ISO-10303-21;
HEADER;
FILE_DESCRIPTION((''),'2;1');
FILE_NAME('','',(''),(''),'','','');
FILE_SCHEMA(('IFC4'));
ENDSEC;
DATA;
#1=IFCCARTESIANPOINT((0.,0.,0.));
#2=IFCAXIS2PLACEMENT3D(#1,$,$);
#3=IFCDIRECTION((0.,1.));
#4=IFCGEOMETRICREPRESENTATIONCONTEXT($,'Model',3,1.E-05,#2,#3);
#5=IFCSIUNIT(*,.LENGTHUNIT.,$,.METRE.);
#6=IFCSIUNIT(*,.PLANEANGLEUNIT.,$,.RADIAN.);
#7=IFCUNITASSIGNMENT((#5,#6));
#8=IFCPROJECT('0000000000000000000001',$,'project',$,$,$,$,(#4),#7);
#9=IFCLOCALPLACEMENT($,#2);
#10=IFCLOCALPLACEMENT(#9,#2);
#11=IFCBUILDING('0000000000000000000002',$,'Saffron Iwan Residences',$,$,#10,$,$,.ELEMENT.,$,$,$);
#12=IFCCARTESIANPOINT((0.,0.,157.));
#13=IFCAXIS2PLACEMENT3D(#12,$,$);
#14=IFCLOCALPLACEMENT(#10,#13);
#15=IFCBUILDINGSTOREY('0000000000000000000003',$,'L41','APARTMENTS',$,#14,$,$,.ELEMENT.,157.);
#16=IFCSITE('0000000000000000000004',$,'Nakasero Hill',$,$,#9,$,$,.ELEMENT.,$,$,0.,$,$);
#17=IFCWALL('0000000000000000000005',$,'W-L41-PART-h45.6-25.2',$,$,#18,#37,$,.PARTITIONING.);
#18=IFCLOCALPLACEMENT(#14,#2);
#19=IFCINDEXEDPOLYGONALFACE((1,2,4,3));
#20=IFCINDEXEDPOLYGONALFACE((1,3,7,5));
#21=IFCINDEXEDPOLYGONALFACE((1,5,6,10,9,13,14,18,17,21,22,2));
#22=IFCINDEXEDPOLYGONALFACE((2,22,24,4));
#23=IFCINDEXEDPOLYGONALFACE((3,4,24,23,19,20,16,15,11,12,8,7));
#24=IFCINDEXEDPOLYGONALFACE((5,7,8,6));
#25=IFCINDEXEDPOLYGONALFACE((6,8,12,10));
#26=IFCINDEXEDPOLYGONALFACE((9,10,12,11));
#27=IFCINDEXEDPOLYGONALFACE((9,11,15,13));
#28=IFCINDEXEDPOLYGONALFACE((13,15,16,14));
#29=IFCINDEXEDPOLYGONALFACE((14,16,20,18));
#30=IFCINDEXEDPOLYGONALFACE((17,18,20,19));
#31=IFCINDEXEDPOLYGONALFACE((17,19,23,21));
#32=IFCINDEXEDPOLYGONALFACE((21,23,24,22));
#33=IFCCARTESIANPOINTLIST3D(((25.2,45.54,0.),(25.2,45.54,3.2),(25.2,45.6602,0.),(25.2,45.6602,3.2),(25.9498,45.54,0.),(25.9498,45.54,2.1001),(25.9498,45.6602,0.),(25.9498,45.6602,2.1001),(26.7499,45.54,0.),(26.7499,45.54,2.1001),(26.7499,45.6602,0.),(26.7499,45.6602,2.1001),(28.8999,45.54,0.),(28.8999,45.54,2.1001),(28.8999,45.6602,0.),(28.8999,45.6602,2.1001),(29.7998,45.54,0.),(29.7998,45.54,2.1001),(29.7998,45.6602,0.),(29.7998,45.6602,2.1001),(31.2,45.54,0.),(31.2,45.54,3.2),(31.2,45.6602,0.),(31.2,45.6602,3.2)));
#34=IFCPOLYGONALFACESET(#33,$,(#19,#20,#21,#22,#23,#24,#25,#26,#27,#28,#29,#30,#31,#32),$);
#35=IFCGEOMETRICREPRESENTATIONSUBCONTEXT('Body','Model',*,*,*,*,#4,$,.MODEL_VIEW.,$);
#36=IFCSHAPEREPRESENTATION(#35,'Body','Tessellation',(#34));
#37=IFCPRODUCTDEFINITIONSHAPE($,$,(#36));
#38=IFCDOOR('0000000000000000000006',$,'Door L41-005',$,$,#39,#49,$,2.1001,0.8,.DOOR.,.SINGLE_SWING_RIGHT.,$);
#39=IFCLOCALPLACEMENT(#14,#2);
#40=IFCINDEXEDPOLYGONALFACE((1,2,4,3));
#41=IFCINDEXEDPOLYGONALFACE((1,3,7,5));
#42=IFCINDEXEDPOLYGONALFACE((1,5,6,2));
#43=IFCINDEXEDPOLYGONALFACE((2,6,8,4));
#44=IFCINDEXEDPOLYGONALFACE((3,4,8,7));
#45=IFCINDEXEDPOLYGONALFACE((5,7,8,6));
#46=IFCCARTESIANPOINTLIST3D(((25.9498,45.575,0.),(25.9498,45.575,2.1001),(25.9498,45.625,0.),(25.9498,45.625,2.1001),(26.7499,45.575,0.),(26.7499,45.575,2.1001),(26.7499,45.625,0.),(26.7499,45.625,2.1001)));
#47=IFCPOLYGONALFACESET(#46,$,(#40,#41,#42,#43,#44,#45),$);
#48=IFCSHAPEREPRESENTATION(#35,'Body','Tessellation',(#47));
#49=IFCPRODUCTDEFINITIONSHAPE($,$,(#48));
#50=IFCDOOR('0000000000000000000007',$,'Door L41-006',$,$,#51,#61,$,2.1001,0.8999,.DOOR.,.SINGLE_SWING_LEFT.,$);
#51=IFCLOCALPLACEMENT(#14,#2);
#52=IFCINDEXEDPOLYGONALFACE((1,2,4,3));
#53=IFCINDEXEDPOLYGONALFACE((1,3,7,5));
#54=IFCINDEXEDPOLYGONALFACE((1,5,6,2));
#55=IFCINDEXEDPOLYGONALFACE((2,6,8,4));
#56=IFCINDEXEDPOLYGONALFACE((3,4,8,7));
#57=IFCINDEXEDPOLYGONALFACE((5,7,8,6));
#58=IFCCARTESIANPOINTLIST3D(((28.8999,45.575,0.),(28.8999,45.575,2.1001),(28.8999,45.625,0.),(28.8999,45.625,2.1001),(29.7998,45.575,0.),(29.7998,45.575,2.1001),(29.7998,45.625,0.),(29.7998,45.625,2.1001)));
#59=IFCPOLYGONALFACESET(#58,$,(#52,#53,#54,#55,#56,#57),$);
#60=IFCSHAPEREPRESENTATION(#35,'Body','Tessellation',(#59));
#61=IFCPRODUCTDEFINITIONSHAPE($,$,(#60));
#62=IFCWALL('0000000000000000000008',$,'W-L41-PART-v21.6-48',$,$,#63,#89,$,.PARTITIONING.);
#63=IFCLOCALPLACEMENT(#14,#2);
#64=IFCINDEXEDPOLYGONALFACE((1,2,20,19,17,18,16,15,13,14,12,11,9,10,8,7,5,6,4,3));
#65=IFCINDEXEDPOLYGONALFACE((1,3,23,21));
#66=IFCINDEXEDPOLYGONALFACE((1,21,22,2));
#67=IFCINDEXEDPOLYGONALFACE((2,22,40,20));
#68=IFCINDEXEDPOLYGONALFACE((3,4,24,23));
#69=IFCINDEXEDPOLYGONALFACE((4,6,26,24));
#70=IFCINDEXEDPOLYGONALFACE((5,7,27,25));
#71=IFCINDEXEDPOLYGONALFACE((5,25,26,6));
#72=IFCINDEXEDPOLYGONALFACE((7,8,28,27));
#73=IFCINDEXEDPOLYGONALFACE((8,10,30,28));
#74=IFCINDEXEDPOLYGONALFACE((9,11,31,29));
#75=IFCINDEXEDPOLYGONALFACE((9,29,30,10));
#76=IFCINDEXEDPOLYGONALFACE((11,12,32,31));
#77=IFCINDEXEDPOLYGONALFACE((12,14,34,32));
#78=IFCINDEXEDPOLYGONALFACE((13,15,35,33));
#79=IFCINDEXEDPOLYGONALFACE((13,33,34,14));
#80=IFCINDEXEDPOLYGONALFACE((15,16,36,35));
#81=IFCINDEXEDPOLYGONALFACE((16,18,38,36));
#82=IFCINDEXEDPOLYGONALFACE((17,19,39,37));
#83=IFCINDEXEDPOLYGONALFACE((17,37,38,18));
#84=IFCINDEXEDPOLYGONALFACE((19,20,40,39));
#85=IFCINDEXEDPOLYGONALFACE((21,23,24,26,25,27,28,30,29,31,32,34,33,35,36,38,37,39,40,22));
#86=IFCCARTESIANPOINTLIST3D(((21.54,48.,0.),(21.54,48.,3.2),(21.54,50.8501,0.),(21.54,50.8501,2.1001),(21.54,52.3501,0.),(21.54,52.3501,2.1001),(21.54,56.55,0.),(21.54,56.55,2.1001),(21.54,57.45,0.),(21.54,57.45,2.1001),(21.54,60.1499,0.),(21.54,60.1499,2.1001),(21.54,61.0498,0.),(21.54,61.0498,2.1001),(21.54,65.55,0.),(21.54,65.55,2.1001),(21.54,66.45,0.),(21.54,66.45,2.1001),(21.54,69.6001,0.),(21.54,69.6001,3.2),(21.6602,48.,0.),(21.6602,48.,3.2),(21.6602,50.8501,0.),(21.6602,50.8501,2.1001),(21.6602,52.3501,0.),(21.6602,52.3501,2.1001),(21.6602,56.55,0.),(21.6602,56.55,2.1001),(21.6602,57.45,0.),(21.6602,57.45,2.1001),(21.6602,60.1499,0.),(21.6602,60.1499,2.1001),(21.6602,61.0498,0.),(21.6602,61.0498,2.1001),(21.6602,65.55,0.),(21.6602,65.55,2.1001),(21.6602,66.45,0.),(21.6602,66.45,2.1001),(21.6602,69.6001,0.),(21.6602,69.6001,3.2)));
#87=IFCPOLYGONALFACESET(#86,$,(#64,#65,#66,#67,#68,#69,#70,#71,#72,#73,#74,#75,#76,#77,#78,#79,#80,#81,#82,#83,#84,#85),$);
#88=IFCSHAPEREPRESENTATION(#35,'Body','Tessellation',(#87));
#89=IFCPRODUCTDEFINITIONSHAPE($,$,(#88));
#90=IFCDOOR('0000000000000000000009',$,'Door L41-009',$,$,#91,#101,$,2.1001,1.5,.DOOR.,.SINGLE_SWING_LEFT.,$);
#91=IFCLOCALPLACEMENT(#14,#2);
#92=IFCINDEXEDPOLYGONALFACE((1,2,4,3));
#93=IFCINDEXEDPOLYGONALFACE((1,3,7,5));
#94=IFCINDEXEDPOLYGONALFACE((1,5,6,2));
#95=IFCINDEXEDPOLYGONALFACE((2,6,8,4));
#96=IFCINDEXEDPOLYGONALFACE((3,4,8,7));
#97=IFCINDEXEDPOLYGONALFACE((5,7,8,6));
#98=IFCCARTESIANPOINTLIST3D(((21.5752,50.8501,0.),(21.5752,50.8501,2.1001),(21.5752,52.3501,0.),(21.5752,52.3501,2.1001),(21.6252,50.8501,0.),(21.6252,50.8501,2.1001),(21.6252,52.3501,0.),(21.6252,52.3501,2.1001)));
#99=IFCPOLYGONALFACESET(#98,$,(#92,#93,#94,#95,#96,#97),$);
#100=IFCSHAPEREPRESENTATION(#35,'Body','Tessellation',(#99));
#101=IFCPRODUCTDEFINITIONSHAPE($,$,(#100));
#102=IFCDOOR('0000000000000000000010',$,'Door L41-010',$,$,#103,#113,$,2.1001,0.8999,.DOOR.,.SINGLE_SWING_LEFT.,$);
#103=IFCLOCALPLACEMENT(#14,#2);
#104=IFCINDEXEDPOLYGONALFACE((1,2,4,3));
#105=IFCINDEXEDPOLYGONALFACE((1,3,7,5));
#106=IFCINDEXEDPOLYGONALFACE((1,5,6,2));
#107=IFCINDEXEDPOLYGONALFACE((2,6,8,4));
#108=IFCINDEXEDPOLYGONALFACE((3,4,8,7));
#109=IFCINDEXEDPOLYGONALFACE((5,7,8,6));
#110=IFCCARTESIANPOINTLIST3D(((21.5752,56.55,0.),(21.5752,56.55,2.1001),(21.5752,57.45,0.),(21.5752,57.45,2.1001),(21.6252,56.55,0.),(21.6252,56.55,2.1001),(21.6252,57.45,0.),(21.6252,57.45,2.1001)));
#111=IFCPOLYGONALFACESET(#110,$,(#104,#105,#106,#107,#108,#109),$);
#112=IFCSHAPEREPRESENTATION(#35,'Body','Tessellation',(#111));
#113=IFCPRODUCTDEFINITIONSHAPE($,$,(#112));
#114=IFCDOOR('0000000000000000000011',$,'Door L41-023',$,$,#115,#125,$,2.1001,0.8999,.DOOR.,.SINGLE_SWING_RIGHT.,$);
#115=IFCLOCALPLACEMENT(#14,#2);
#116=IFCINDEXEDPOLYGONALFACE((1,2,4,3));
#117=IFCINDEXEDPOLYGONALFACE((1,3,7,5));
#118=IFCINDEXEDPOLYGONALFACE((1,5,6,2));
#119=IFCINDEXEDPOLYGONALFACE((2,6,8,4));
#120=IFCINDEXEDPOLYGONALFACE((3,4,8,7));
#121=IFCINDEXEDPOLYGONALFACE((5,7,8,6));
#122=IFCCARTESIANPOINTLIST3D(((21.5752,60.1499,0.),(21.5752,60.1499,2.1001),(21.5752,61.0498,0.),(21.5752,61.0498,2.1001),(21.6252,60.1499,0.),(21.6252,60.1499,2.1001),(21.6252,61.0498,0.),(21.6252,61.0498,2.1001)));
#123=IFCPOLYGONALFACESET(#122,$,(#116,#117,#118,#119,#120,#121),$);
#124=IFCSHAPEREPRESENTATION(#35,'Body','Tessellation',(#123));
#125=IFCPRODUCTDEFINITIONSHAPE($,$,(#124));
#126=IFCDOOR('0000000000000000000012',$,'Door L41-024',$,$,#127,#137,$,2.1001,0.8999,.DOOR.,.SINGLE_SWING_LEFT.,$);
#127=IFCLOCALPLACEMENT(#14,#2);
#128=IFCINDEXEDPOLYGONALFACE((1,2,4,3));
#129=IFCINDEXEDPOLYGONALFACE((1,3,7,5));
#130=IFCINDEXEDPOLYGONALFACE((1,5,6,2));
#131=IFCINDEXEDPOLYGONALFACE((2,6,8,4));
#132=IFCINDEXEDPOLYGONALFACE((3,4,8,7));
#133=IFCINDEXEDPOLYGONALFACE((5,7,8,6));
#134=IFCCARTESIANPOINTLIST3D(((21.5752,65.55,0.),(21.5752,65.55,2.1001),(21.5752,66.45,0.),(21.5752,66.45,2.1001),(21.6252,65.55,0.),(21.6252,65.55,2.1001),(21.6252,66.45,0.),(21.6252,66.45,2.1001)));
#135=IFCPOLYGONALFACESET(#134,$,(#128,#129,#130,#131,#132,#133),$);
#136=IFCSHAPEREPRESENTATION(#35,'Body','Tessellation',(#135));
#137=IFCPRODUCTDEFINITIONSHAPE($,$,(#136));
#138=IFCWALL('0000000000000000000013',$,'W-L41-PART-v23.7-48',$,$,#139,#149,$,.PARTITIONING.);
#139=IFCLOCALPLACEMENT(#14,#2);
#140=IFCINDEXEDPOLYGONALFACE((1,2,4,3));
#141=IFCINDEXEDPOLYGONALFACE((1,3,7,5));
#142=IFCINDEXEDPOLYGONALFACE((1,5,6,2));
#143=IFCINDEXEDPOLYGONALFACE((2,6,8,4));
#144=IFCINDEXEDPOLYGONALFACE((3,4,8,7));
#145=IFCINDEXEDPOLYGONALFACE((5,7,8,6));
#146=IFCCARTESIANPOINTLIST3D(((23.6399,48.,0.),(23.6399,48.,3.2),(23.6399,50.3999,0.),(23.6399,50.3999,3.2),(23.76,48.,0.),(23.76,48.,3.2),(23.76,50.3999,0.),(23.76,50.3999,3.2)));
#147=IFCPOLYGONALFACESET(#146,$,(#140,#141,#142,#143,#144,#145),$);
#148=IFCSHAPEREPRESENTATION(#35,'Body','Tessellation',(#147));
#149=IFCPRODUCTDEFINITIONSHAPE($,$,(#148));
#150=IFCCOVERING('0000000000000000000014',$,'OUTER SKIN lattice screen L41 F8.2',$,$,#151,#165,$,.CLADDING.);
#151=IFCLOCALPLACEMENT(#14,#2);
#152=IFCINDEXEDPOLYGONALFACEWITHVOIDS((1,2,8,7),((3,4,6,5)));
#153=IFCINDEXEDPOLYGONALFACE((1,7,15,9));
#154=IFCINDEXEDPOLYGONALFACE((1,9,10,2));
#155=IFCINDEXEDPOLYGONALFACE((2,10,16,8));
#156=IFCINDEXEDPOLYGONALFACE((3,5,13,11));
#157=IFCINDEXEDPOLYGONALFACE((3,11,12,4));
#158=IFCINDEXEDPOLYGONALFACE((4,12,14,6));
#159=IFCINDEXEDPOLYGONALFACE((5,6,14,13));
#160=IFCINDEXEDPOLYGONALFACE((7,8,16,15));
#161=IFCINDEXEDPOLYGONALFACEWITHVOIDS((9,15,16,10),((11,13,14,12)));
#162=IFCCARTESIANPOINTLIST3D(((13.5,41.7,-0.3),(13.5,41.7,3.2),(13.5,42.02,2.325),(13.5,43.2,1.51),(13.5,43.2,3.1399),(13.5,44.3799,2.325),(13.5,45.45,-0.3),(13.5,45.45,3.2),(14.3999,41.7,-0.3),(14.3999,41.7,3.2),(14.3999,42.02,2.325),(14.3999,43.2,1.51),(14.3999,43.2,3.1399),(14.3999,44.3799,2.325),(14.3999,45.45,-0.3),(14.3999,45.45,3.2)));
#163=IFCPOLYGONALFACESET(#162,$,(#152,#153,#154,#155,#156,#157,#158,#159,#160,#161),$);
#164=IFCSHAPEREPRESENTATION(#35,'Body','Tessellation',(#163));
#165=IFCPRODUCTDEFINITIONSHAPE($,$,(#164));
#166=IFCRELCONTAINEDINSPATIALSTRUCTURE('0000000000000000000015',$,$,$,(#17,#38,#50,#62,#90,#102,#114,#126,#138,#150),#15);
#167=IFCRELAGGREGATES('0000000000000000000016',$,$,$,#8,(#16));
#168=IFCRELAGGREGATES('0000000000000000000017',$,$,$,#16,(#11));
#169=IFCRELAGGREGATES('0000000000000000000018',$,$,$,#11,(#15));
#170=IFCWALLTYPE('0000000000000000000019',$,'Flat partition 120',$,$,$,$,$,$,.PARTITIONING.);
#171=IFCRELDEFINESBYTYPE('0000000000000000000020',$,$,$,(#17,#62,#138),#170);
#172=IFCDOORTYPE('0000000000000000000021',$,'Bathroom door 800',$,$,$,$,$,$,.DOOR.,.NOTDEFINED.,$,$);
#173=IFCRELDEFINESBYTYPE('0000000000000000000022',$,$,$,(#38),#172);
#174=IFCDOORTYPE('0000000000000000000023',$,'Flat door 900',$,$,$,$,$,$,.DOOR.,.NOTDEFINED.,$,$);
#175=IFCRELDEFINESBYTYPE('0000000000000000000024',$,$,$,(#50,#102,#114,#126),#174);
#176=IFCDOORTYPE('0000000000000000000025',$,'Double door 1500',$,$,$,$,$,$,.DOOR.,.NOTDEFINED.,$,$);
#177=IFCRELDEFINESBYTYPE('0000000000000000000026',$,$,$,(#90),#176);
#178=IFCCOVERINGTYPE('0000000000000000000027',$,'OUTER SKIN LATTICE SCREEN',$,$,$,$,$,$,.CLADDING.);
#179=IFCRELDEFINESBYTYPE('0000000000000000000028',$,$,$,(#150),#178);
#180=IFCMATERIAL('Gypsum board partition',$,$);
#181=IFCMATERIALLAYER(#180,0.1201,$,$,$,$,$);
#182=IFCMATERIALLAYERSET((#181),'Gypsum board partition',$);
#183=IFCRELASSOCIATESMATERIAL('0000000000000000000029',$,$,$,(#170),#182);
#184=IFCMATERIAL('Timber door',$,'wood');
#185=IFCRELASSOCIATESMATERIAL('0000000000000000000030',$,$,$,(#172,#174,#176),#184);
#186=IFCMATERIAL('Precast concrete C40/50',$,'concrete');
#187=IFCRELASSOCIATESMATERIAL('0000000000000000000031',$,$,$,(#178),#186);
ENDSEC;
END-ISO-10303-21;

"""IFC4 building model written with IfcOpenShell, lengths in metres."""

from ifc_helpers import new_model, si_unit, direction, frame, frame_2d, origin, place, context, subcontext, project, spatial, polyline, rectangle, outline, extrude, material, layer, layer_set, type_object, element, fill, save


model = new_model("IFC4")

# Units and contexts
model_context = context("Model", 3, precision=1e-05, world=origin(), true_north=direction((0.0, 1.0)))
body_context = subcontext(model_context, "Body", "Model", "MODEL_VIEW")
ifc_project = project(units=[si_unit("LENGTHUNIT", "METRE"), si_unit("PLANEANGLEUNIT", "RADIAN")], contexts=[model_context])

# Site, building, storey
site_placement = place(None, origin())
site = spatial("IfcSite", under=ifc_project, at=site_placement, Name="Nakasero Hill", CompositionType="ELEMENT", RefElevation=0.0)
building_placement = place(site_placement, origin())
building = spatial("IfcBuilding", under=site, at=building_placement, Name="Saffron Iwan Residences", CompositionType="ELEMENT")
storey_placement = place(building_placement, frame((0.0, 0.0, 157.0)))
storey = spatial("IfcBuildingStorey", under=building, at=storey_placement, Name="L41", Description="APARTMENTS", CompositionType="ELEMENT", Elevation=157.0)

# Shared definitions
ifc_material_1 = material(Name="Gypsum board partition")
ifc_layer_1 = layer(ifc_material_1, 0.1201)
ifc_layer_set_1 = layer_set([ifc_layer_1], Name="Gypsum board partition")
wall_type_1 = type_object("IfcWallType", Name="Flat partition 120", PredefinedType="PARTITIONING", material=ifc_layer_set_1)

# Walls, openings, doors
wall_1_placement = place(storey_placement, frame((25.2, 45.6001, 0.0), z_axis=(0.0, 0.0, 1.0), x_axis=(1.0, 0.0, 0.0)))
wall_1 = element("IfcWall", 1, at=wall_1_placement, inside=storey, type_object=wall_type_1, Name="W-L41-PART-h45.6-25.2", PredefinedType="PARTITIONING", context=body_context, shape_type="SweptSolid", body=[
    extrude(rectangle(XDim=6.0, YDim=0.1201, at=frame_2d((3.0, 0.0))), origin(), (0.0, 0.0, 1.0), 3.2),
])
opening_1_placement = place(wall_1_placement, frame((0.75, 0.0, 0.0)))
opening_1 = element("IfcOpeningElement", 2, at=opening_1_placement, cuts=wall_1, PredefinedType="OPENING", context=body_context, shape_type="SweptSolid", body=[
    extrude(rectangle(XDim=0.8, YDim=2.1001, at=frame_2d((0.3999, 1.05))), frame((0.0, 0.0701, 0.0), z_axis=(0.0, -1.0, 0.0), x_axis=(1.0, 0.0, 0.0)), (0.0, 0.0, 1.0), 0.1401),
])
opening_2_placement = place(wall_1_placement, frame((3.7, 0.0, 0.0)))
opening_2 = element("IfcOpeningElement", 3, at=opening_2_placement, cuts=wall_1, PredefinedType="OPENING", context=body_context, shape_type="SweptSolid", body=[
    extrude(rectangle(XDim=0.8999, YDim=2.1001, at=frame_2d((0.45, 1.05))), frame((0.0, 0.0701, 0.0), z_axis=(0.0, -1.0, 0.0), x_axis=(1.0, 0.0, 0.0)), (0.0, 0.0, 1.0), 0.1401),
])
ifc_material_2 = material(Name="Timber door", Category="wood")
door_type_1 = type_object("IfcDoorType", Name="Bathroom door 800", OperationType="NOTDEFINED", PredefinedType="DOOR", material=ifc_material_2)
door_1_placement = place(opening_1_placement, origin())
door_1 = element("IfcDoor", 4, at=door_1_placement, inside=storey, type_object=door_type_1, Name="Door L41-005", OperationType="SINGLE_SWING_RIGHT", OverallHeight=2.1001, OverallWidth=0.8, PredefinedType="DOOR", context=body_context, shape_type="SweptSolid", body=[
    extrude(rectangle(XDim=0.8, YDim=2.1001, at=frame_2d((0.3999, 1.05))), frame((0.0, 0.0249, 0.0), z_axis=(0.0, -1.0, 0.0), x_axis=(1.0, 0.0, 0.0)), (0.0, 0.0, 1.0), 0.05),
])
fill(opening_1, door_1)
door_type_2 = type_object("IfcDoorType", Name="Flat door 900", OperationType="NOTDEFINED", PredefinedType="DOOR", material=ifc_material_2)
door_2_placement = place(opening_2_placement, origin())
door_2 = element("IfcDoor", 5, at=door_2_placement, inside=storey, type_object=door_type_2, Name="Door L41-006", OperationType="SINGLE_SWING_LEFT", OverallHeight=2.1001, OverallWidth=0.8999, PredefinedType="DOOR", context=body_context, shape_type="SweptSolid", body=[
    extrude(rectangle(XDim=0.8999, YDim=2.1001, at=frame_2d((0.45, 1.05))), frame((0.0, 0.0249, 0.0), z_axis=(0.0, -1.0, 0.0), x_axis=(1.0, 0.0, 0.0)), (0.0, 0.0, 1.0), 0.05),
])
fill(opening_2, door_2)
wall_2_placement = place(storey_placement, frame((21.6001, 48.0, 0.0), z_axis=(0.0, 0.0, 1.0), x_axis=(0.0, 1.0, 0.0)))
wall_2 = element("IfcWall", 6, at=wall_2_placement, inside=storey, type_object=wall_type_1, Name="W-L41-PART-v21.6-48", PredefinedType="PARTITIONING", context=body_context, shape_type="SweptSolid", body=[
    extrude(rectangle(XDim=21.6001, YDim=0.1201, at=frame_2d((10.8, 0.0))), origin(), (0.0, 0.0, 1.0), 3.2),
])
opening_3_placement = place(wall_2_placement, frame((2.8501, 0.0, 0.0)))
opening_3 = element("IfcOpeningElement", 7, at=opening_3_placement, cuts=wall_2, PredefinedType="OPENING", context=body_context, shape_type="SweptSolid", body=[
    extrude(rectangle(XDim=1.5, YDim=2.1001, at=frame_2d((0.75, 1.05))), frame((0.0, 0.0701, 0.0), z_axis=(0.0, -1.0, 0.0), x_axis=(1.0, 0.0, 0.0)), (0.0, 0.0, 1.0), 0.1401),
])
opening_4_placement = place(wall_2_placement, frame((8.55, 0.0, 0.0)))
opening_4 = element("IfcOpeningElement", 8, at=opening_4_placement, cuts=wall_2, PredefinedType="OPENING", context=body_context, shape_type="SweptSolid", body=[
    extrude(rectangle(XDim=0.8999, YDim=2.1001, at=frame_2d((0.45, 1.05))), frame((0.0, 0.0701, 0.0), z_axis=(0.0, -1.0, 0.0), x_axis=(1.0, 0.0, 0.0)), (0.0, 0.0, 1.0), 0.1401),
])
opening_5_placement = place(wall_2_placement, frame((12.1499, 0.0, 0.0)))
opening_5 = element("IfcOpeningElement", 9, at=opening_5_placement, cuts=wall_2, PredefinedType="OPENING", context=body_context, shape_type="SweptSolid", body=[
    extrude(rectangle(XDim=0.8999, YDim=2.1001, at=frame_2d((0.45, 1.05))), frame((0.0, 0.0701, 0.0), z_axis=(0.0, -1.0, 0.0), x_axis=(1.0, 0.0, 0.0)), (0.0, 0.0, 1.0), 0.1401),
])
opening_6_placement = place(wall_2_placement, frame((17.55, 0.0, 0.0)))
opening_6 = element("IfcOpeningElement", 10, at=opening_6_placement, cuts=wall_2, PredefinedType="OPENING", context=body_context, shape_type="SweptSolid", body=[
    extrude(rectangle(XDim=0.8999, YDim=2.1001, at=frame_2d((0.45, 1.05))), frame((0.0, 0.0701, 0.0), z_axis=(0.0, -1.0, 0.0), x_axis=(1.0, 0.0, 0.0)), (0.0, 0.0, 1.0), 0.1401),
])
door_type_3 = type_object("IfcDoorType", Name="Double door 1500", OperationType="NOTDEFINED", PredefinedType="DOOR", material=ifc_material_2)
door_3_placement = place(opening_3_placement, origin())
door_3 = element("IfcDoor", 11, at=door_3_placement, inside=storey, type_object=door_type_3, Name="Door L41-009", OperationType="SINGLE_SWING_LEFT", OverallHeight=2.1001, OverallWidth=1.5, PredefinedType="DOOR", context=body_context, shape_type="SweptSolid", body=[
    extrude(rectangle(XDim=1.5, YDim=2.1001, at=frame_2d((0.75, 1.05))), frame((0.0, 0.0249, 0.0), z_axis=(0.0, -1.0, 0.0), x_axis=(1.0, 0.0, 0.0)), (0.0, 0.0, 1.0), 0.05),
])
fill(opening_3, door_3)
door_4_placement = place(opening_4_placement, origin())
door_4 = element("IfcDoor", 12, at=door_4_placement, inside=storey, type_object=door_type_2, Name="Door L41-010", OperationType="SINGLE_SWING_LEFT", OverallHeight=2.1001, OverallWidth=0.8999, PredefinedType="DOOR", context=body_context, shape_type="SweptSolid", body=[
    extrude(rectangle(XDim=0.8999, YDim=2.1001, at=frame_2d((0.45, 1.05))), frame((0.0, 0.0249, 0.0), z_axis=(0.0, -1.0, 0.0), x_axis=(1.0, 0.0, 0.0)), (0.0, 0.0, 1.0), 0.05),
])
fill(opening_4, door_4)
door_5_placement = place(opening_5_placement, origin())
door_5 = element("IfcDoor", 13, at=door_5_placement, inside=storey, type_object=door_type_2, Name="Door L41-023", OperationType="SINGLE_SWING_RIGHT", OverallHeight=2.1001, OverallWidth=0.8999, PredefinedType="DOOR", context=body_context, shape_type="SweptSolid", body=[
    extrude(rectangle(XDim=0.8999, YDim=2.1001, at=frame_2d((0.45, 1.05))), frame((0.0, 0.0249, 0.0), z_axis=(0.0, -1.0, 0.0), x_axis=(1.0, 0.0, 0.0)), (0.0, 0.0, 1.0), 0.05),
])
fill(opening_5, door_5)
door_6_placement = place(opening_6_placement, origin())
door_6 = element("IfcDoor", 14, at=door_6_placement, inside=storey, type_object=door_type_2, Name="Door L41-024", OperationType="SINGLE_SWING_LEFT", OverallHeight=2.1001, OverallWidth=0.8999, PredefinedType="DOOR", context=body_context, shape_type="SweptSolid", body=[
    extrude(rectangle(XDim=0.8999, YDim=2.1001, at=frame_2d((0.45, 1.05))), frame((0.0, 0.0249, 0.0), z_axis=(0.0, -1.0, 0.0), x_axis=(1.0, 0.0, 0.0)), (0.0, 0.0, 1.0), 0.05),
])
fill(opening_6, door_6)

# Wall
wall_3_placement = place(storey_placement, frame((23.7, 48.0, 0.0), z_axis=(0.0, 0.0, 1.0), x_axis=(0.0, 1.0, 0.0)))
element("IfcWall", 15, at=wall_3_placement, inside=storey, type_object=wall_type_1, Name="W-L41-PART-v23.7-48", PredefinedType="PARTITIONING", context=body_context, shape_type="SweptSolid", body=[
    extrude(rectangle(XDim=2.3999, YDim=0.1201, at=frame_2d((1.2, 0.0))), origin(), (0.0, 0.0, 1.0), 3.2),
])

# Covering
ifc_material_3 = material(Name="Precast concrete C40/50", Category="concrete")
covering_type_1 = type_object("IfcCoveringType", Name="OUTER SKIN LATTICE SCREEN", PredefinedType="CLADDING", material=ifc_material_3)
covering_1_placement = place(storey_placement, frame((14.3999, 45.45, -0.3), z_axis=(-1.0, 0.0, 0.0), x_axis=(0.0, -1.0, 0.0)))
element("IfcCovering", 16, at=covering_1_placement, inside=storey, type_object=covering_type_1, Name="OUTER SKIN lattice screen L41 F8.2", PredefinedType="CLADDING", context=body_context, shape_type="SweptSolid", body=[
    extrude(outline(polyline([(0.0, 0.0), (3.75, 0.0), (3.75, 3.5), (0.0, 3.5), (0.0, 0.0)]), holes=[polyline([(1.0701, 2.625), (2.25, 1.8101), (3.4299, 2.625), (2.25, 3.4399), (1.0701, 2.625)])]), origin(), (0.0, 0.0, 1.0), 0.8999),
])

save(model, "model.ifc")
